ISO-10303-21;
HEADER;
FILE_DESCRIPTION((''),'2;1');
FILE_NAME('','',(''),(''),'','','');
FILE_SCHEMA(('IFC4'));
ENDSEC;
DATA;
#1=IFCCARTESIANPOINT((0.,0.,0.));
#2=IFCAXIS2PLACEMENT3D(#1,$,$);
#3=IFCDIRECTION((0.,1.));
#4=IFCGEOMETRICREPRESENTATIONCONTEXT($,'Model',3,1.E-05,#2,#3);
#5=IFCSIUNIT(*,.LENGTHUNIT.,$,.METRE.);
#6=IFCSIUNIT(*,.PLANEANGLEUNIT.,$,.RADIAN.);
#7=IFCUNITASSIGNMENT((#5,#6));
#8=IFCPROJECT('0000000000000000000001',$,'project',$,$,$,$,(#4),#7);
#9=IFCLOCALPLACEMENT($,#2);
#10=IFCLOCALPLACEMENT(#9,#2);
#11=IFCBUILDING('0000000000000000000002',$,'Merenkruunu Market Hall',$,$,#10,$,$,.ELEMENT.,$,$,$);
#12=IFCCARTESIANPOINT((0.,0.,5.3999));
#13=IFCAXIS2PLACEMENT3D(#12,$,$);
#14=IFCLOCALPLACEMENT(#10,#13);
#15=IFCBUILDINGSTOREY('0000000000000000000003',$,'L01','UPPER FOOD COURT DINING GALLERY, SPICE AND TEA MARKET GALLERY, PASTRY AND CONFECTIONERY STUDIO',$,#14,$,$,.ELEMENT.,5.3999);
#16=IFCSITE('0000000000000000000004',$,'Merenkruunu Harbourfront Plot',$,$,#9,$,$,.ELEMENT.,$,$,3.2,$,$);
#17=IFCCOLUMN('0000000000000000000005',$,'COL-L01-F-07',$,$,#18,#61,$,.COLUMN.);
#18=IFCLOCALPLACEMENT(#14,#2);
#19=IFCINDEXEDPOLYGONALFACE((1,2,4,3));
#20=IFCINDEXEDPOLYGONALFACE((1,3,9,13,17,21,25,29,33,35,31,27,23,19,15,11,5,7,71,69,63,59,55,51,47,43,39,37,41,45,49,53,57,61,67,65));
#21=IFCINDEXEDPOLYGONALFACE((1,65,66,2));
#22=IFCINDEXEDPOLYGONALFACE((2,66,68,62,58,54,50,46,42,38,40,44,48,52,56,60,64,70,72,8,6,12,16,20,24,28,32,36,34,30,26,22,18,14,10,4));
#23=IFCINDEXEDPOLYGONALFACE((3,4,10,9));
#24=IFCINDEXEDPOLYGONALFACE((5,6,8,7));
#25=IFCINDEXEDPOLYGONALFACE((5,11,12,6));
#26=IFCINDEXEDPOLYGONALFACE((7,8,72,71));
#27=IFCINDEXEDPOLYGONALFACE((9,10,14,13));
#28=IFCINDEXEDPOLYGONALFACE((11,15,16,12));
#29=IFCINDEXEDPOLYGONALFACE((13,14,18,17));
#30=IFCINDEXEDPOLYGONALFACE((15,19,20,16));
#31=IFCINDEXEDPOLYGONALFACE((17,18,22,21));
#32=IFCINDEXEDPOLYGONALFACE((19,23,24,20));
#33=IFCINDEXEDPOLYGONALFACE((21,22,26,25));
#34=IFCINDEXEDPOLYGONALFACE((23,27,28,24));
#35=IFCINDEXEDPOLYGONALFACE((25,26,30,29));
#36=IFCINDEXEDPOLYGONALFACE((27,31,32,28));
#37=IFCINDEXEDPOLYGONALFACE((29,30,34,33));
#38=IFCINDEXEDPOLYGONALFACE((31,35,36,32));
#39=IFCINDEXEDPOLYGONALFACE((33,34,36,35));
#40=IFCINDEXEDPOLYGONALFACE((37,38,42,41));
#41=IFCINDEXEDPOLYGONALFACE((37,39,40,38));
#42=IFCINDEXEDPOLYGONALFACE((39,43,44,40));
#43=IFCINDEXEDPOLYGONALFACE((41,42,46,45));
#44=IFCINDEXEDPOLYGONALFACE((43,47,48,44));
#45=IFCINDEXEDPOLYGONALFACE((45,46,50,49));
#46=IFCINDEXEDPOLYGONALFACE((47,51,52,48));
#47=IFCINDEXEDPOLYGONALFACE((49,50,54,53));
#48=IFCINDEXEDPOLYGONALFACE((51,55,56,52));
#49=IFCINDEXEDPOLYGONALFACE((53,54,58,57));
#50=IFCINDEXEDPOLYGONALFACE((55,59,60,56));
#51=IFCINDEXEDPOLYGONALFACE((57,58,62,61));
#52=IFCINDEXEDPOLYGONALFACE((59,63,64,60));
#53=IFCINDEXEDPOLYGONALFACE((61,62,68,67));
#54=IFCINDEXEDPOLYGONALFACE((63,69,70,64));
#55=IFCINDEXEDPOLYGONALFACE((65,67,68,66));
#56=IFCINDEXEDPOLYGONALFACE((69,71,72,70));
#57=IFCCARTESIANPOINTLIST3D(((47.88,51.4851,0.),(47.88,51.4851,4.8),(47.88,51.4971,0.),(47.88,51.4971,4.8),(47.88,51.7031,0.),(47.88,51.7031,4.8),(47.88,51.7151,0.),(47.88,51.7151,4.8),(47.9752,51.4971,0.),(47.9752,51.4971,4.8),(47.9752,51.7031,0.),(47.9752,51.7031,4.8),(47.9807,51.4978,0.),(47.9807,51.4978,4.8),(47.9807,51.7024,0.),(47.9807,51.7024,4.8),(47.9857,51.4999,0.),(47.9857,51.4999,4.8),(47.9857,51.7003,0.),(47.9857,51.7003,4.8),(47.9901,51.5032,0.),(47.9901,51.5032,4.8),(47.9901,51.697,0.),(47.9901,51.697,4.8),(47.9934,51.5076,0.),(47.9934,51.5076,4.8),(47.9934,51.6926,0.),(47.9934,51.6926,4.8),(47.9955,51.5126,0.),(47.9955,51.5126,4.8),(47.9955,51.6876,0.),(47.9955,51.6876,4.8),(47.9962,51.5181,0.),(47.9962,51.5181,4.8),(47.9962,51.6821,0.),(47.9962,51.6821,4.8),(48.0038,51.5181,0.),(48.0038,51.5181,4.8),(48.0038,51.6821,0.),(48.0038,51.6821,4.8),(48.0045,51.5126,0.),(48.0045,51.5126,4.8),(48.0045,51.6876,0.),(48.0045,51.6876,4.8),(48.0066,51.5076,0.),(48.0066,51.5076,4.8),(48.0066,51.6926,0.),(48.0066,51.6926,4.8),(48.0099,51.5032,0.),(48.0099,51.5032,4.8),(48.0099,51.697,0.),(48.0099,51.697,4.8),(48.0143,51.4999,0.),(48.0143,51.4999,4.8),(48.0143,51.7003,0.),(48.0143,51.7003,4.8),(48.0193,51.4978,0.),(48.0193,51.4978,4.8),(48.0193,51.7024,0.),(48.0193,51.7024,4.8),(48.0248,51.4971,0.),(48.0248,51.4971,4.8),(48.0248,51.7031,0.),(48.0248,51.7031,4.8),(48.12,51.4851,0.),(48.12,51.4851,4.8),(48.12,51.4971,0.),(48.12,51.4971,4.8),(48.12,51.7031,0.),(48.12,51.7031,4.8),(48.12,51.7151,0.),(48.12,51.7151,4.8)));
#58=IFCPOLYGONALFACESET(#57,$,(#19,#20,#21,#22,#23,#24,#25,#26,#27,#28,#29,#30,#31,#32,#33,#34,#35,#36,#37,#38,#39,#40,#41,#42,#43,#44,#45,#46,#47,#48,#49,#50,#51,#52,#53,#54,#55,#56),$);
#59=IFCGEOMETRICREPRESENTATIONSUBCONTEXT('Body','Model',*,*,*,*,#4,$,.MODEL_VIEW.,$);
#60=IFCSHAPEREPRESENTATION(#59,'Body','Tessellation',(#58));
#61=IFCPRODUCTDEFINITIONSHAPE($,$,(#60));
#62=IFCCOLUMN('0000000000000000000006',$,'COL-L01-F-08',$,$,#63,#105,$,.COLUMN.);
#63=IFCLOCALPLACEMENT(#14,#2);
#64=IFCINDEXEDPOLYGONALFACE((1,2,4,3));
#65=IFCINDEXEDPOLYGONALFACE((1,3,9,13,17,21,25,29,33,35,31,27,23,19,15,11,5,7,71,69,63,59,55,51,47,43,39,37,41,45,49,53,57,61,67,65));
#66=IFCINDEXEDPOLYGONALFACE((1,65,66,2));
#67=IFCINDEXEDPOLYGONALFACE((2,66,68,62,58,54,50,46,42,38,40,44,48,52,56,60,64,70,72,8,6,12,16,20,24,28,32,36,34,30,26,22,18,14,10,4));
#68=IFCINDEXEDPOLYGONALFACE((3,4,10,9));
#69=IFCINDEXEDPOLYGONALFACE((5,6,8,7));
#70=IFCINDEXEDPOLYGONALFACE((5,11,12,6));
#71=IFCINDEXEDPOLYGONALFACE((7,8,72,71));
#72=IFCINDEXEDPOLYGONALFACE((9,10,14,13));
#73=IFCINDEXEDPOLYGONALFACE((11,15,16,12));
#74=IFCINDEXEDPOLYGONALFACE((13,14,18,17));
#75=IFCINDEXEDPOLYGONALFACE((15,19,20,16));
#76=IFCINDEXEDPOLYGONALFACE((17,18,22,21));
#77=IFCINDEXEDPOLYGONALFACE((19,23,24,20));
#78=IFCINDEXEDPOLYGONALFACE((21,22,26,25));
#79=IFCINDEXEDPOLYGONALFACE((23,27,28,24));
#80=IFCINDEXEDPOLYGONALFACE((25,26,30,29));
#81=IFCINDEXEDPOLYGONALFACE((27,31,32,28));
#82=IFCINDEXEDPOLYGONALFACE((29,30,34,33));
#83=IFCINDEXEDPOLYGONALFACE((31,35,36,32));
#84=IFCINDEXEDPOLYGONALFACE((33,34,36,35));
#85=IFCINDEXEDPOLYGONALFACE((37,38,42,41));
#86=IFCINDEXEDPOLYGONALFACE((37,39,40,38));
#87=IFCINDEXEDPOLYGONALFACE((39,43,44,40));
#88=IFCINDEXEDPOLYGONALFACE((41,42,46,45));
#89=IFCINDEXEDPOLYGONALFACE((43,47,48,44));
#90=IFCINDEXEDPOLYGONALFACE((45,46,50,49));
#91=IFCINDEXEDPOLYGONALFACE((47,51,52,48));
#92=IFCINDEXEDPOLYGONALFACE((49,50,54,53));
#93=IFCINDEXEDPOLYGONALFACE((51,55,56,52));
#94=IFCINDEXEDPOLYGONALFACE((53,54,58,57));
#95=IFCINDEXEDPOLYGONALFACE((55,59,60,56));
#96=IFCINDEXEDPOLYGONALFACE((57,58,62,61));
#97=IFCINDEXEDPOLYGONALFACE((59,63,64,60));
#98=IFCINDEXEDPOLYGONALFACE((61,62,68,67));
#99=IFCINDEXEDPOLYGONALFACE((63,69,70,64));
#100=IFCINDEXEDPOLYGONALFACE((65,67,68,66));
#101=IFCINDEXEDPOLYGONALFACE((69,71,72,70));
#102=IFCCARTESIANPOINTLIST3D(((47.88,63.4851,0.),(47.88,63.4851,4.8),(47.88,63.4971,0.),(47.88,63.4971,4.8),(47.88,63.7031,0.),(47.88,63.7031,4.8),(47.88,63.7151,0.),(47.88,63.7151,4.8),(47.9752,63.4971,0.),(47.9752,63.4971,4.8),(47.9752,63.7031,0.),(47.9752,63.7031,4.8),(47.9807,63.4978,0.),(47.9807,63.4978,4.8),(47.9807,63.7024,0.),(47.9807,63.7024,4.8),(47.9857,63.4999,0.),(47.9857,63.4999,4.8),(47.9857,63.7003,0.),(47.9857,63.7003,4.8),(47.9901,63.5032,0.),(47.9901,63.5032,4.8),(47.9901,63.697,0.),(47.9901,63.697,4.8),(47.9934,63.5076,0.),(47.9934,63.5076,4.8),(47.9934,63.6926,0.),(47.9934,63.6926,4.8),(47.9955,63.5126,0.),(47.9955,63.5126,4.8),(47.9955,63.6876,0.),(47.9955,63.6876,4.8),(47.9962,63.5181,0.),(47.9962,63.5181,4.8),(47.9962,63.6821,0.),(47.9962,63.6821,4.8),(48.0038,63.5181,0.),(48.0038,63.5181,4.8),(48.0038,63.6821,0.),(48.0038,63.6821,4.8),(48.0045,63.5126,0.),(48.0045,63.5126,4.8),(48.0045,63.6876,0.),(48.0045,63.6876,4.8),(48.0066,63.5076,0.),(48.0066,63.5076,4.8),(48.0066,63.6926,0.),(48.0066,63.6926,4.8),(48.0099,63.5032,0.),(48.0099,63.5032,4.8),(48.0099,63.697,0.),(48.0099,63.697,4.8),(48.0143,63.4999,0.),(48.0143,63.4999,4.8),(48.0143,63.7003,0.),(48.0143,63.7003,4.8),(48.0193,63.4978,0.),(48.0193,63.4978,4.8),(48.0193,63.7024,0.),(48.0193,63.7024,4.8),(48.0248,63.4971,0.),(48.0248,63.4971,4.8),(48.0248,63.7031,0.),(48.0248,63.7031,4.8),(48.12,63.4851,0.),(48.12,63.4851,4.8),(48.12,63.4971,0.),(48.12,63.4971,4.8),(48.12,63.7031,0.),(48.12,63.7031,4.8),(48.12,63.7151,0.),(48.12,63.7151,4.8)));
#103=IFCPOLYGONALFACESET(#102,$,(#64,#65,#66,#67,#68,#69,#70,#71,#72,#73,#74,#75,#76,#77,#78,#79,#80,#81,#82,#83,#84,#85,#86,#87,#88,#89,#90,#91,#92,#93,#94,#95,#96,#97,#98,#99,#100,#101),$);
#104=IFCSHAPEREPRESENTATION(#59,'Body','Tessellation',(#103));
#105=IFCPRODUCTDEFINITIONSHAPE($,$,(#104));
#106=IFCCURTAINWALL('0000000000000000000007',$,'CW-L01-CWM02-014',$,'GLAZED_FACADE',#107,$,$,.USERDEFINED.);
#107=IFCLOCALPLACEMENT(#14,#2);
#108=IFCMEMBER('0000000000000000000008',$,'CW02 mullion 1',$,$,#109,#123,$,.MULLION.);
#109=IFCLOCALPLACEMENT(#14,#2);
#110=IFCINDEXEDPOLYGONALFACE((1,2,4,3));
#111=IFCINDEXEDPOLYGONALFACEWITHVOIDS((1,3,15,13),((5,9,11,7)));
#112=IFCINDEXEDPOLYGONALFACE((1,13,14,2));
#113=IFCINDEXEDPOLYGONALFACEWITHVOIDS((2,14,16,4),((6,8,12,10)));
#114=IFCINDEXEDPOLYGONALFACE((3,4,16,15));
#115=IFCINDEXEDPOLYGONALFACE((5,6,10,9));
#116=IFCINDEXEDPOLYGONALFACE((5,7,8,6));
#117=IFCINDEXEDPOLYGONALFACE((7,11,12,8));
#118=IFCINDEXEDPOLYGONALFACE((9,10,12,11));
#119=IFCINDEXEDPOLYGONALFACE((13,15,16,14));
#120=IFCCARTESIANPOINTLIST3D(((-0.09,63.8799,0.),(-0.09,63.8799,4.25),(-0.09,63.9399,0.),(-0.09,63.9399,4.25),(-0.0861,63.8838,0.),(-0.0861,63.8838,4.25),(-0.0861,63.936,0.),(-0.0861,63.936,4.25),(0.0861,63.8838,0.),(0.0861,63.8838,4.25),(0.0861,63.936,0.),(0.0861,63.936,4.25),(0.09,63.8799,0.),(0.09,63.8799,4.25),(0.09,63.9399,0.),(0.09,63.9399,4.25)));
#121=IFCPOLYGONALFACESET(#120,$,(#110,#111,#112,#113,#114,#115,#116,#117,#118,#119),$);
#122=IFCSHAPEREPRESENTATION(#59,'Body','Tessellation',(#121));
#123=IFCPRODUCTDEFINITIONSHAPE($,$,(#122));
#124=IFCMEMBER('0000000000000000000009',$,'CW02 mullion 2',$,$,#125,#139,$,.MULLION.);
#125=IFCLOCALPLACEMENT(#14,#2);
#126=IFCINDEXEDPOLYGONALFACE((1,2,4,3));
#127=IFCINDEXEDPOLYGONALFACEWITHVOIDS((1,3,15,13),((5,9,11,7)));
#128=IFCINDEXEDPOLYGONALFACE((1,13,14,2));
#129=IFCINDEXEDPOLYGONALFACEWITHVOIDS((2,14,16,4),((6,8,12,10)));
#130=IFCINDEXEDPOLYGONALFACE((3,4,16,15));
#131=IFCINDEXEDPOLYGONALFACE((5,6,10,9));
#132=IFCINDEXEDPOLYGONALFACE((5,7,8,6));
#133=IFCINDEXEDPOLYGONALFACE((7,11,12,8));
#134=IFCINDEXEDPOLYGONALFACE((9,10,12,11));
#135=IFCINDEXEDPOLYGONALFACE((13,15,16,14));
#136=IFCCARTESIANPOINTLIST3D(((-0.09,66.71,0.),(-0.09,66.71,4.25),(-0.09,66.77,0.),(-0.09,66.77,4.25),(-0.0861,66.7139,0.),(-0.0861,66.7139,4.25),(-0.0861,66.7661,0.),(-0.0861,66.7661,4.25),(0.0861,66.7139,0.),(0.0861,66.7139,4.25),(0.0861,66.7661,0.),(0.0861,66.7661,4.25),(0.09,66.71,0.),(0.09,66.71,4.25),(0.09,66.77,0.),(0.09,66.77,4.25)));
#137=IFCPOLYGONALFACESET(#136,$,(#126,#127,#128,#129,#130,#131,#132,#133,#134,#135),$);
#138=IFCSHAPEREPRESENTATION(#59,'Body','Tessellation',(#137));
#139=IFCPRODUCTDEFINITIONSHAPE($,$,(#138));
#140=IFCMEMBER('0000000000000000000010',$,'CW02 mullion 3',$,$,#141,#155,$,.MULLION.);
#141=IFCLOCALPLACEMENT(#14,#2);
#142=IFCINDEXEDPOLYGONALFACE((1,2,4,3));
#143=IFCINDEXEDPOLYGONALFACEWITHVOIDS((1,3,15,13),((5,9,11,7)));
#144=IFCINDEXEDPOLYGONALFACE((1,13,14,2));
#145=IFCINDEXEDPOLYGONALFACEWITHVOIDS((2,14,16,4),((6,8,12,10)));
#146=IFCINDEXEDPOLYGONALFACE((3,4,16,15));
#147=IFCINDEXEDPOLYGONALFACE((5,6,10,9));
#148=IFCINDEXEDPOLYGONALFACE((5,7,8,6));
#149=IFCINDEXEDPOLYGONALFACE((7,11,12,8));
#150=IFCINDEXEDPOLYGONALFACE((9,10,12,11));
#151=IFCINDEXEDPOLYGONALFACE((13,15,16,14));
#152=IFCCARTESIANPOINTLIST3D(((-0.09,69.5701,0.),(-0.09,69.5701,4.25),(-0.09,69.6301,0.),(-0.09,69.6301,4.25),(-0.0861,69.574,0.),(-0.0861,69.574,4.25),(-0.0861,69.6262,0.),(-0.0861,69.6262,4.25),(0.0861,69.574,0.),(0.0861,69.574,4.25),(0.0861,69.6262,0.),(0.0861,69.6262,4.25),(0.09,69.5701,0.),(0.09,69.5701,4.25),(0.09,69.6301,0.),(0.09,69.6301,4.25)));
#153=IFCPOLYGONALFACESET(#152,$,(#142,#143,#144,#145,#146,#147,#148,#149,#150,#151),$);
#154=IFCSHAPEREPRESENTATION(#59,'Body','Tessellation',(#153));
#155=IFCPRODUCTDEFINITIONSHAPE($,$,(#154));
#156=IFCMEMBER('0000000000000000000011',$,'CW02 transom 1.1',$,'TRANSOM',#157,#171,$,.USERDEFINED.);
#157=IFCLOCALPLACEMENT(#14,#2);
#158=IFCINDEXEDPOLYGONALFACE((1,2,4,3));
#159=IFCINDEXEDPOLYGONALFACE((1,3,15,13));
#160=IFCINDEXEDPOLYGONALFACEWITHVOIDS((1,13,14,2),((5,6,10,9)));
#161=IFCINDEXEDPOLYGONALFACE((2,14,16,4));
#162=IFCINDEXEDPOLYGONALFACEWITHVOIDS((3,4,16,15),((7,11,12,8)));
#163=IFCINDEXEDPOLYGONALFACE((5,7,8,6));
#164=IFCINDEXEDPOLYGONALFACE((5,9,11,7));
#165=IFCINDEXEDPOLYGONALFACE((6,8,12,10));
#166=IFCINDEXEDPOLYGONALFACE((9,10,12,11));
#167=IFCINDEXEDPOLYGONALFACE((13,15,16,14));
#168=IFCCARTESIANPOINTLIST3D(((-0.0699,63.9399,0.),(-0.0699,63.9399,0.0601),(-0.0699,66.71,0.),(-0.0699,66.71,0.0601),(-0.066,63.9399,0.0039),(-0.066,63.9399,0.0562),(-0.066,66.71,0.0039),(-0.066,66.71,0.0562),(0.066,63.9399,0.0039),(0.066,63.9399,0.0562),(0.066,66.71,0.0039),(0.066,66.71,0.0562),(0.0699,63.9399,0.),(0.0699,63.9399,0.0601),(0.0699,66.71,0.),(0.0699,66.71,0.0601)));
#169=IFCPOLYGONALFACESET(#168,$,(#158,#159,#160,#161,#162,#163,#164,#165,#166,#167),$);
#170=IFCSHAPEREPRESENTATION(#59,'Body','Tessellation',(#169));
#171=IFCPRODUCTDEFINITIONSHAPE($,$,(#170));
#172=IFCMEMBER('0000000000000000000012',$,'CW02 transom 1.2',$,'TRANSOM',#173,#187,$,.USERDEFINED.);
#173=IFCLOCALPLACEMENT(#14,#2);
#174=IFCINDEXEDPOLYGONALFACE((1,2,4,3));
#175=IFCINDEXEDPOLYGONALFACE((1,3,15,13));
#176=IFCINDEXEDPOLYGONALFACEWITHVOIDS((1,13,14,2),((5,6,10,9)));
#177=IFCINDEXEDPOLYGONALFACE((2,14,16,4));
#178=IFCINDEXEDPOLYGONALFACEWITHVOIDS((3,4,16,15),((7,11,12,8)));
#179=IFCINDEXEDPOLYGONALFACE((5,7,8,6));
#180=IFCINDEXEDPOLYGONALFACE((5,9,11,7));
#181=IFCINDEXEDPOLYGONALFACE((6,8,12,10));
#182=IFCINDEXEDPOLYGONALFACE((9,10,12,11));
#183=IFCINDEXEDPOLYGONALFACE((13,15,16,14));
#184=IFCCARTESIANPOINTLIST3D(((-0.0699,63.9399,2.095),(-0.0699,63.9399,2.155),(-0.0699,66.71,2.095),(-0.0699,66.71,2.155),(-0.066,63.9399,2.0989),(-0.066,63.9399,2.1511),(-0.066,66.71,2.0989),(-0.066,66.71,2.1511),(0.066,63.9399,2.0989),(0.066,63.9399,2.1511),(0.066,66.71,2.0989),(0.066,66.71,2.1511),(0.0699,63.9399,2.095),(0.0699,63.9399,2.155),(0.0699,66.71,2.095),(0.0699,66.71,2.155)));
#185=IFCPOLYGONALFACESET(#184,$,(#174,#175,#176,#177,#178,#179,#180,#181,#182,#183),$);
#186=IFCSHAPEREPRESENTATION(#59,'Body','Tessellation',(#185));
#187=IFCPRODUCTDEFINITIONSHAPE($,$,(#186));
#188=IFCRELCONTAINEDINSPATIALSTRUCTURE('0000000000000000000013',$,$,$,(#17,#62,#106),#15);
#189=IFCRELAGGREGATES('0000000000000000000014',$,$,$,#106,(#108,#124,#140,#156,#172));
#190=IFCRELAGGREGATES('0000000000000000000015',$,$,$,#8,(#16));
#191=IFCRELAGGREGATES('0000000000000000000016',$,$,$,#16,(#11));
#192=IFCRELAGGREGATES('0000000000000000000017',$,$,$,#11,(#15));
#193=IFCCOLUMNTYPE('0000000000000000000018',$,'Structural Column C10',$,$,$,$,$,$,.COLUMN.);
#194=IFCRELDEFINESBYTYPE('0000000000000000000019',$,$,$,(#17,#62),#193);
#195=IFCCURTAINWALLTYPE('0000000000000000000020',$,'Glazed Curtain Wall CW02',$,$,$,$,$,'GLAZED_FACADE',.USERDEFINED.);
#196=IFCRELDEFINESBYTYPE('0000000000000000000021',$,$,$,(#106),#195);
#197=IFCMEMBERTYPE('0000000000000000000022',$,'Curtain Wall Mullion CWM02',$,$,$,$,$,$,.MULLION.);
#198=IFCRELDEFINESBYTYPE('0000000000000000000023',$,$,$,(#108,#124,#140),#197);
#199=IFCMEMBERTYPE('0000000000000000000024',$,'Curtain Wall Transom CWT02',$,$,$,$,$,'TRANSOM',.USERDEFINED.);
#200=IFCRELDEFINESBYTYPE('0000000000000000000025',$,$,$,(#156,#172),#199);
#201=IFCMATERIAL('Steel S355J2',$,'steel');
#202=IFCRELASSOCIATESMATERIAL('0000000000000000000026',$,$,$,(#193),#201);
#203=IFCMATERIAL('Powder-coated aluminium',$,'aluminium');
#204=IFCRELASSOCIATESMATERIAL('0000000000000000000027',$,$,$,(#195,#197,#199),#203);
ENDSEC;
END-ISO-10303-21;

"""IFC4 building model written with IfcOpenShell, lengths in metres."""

from ifc_helpers import new_model, si_unit, direction, frame, origin, origin_2d, place, context, subcontext, project, spatial, hollow_rectangle, i_section, extrude, material, material_profile, profile_set, type_object, element, aggregate, save


model = new_model("IFC4")

# Units and contexts
model_context = context("Model", 3, precision=1e-05, world=origin(), true_north=direction((0.0, 1.0)))
body_context = subcontext(model_context, "Body", "Model", "MODEL_VIEW")
ifc_project = project(units=[si_unit("LENGTHUNIT", "METRE"), si_unit("PLANEANGLEUNIT", "RADIAN")], contexts=[model_context])

# Site, building, storey
site_placement = place(None, origin())
site = spatial("IfcSite", under=ifc_project, at=site_placement, Name="Merenkruunu Harbourfront Plot", CompositionType="ELEMENT", RefElevation=3.2)
building_placement = place(site_placement, origin())
building = spatial("IfcBuilding", under=site, at=building_placement, Name="Merenkruunu Market Hall", CompositionType="ELEMENT")
storey_placement = place(building_placement, frame((0.0, 0.0, 5.3999)))
storey = spatial("IfcBuildingStorey", under=building, at=storey_placement, Name="L01", Description="UPPER FOOD COURT DINING GALLERY, SPICE AND TEA MARKET GALLERY, PASTRY AND CONFECTIONERY STUDIO", CompositionType="ELEMENT", Elevation=5.3999)

# Columns
ifc_material_1 = material(Name="Steel S355J2", Category="steel")
ifc_material_profile_1 = material_profile(ifc_material_1, i_section(OverallWidth=0.24, OverallDepth=0.23, WebThickness=0.0076, FlangeThickness=0.012, FilletRadius=0.021, at=origin_2d()), Name="HEA 240")
ifc_profile_set_1 = profile_set([ifc_material_profile_1], Name="Steel S355J2")
column_type = type_object("IfcColumnType", Name="Structural Column C10", PredefinedType="COLUMN", material=ifc_profile_set_1)
for number, where, z_axis, x_axis, name in (
    (1, (48.0, 51.6001, 0.0), (0.0, 0.0, 1.0), (1.0, 0.0, 0.0), "COL-L01-F-07"),
    (2, (48.0, 63.6001, 0.0), (0.0, 0.0, 1.0), (1.0, 0.0, 0.0), "COL-L01-F-08"),
):
    element("IfcColumn", number, at=place(storey_placement, frame(where, z_axis=z_axis, x_axis=x_axis)), inside=storey, type_object=column_type, Name=name, PredefinedType="COLUMN", context=body_context, shape_type="SweptSolid", body=[
        extrude(i_section(OverallWidth=0.24, OverallDepth=0.23, WebThickness=0.0076, FlangeThickness=0.012, FilletRadius=0.021, at=origin_2d()), origin(), (0.0, 0.0, 1.0), 4.8),
    ])

# Curtain wall, members
ifc_material_2 = material(Name="Powder-coated aluminium", Category="aluminium")
curtain_wall_type = type_object("IfcCurtainWallType", Name="Glazed Curtain Wall CW02", ElementType="GLAZED_FACADE", PredefinedType="USERDEFINED", material=ifc_material_2)
curtain_wall_placement = place(storey_placement, origin())
curtain_wall = element("IfcCurtainWall", 3, at=curtain_wall_placement, inside=storey, type_object=curtain_wall_type, Name="CW-L01-CWM02-014", ObjectType="GLAZED_FACADE", PredefinedType="USERDEFINED")
ifc_material_profile_2 = material_profile(ifc_material_2, hollow_rectangle(XDim=0.0601, YDim=0.1799, WallThickness=0.0039, at=origin_2d()), Name="ALU 60x180x4")
ifc_profile_set_2 = profile_set([ifc_material_profile_2], Name="Powder-coated aluminium")
member_type_1 = type_object("IfcMemberType", Name="Curtain Wall Mullion CWM02", PredefinedType="MULLION", material=ifc_profile_set_2)
member_1_placement = place(storey_placement, frame((0.0, 63.9099, 0.0), z_axis=(0.0, 0.0, 1.0), x_axis=(0.0, 1.0, 0.0)))
member_1 = element("IfcMember", 4, at=member_1_placement, type_object=member_type_1, Name="CW02 mullion 1", PredefinedType="MULLION", context=body_context, shape_type="SweptSolid", body=[
    extrude(hollow_rectangle(XDim=0.0601, YDim=0.1799, WallThickness=0.0039, at=origin_2d()), origin(), (0.0, 0.0, 1.0), 4.25),
])
member_2_placement = place(storey_placement, frame((0.0, 66.74, 0.0), z_axis=(0.0, 0.0, 1.0), x_axis=(0.0, 1.0, 0.0)))
member_2 = element("IfcMember", 5, at=member_2_placement, type_object=member_type_1, Name="CW02 mullion 2", PredefinedType="MULLION", context=body_context, shape_type="SweptSolid", body=[
    extrude(hollow_rectangle(XDim=0.0601, YDim=0.1799, WallThickness=0.0039, at=origin_2d()), origin(), (0.0, 0.0, 1.0), 4.25),
])
member_3_placement = place(storey_placement, frame((0.0, 69.6001, 0.0), z_axis=(0.0, 0.0, 1.0), x_axis=(0.0, 1.0, 0.0)))
member_3 = element("IfcMember", 6, at=member_3_placement, type_object=member_type_1, Name="CW02 mullion 3", PredefinedType="MULLION", context=body_context, shape_type="SweptSolid", body=[
    extrude(hollow_rectangle(XDim=0.0601, YDim=0.1799, WallThickness=0.0039, at=origin_2d()), origin(), (0.0, 0.0, 1.0), 4.25),
])
ifc_material_profile_3 = material_profile(ifc_material_2, hollow_rectangle(XDim=0.0601, YDim=0.1399, WallThickness=0.0039, at=origin_2d()), Name="ALU 60x140x4")
ifc_profile_set_3 = profile_set([ifc_material_profile_3], Name="Powder-coated aluminium")
member_type_2 = type_object("IfcMemberType", Name="Curtain Wall Transom CWT02", ElementType="TRANSOM", PredefinedType="USERDEFINED", material=ifc_profile_set_3)
member_4_placement = place(storey_placement, frame((0.0, 63.9399, 0.03), z_axis=(0.0, 1.0, 0.0), x_axis=(0.0, 0.0, 1.0)))
member_4 = element("IfcMember", 7, at=member_4_placement, type_object=member_type_2, Name="CW02 transom 1.1", ObjectType="TRANSOM", PredefinedType="USERDEFINED", context=body_context, shape_type="SweptSolid", body=[
    extrude(hollow_rectangle(XDim=0.0601, YDim=0.1399, WallThickness=0.0039, at=origin_2d()), origin(), (0.0, 0.0, 1.0), 2.77),
])
member_5_placement = place(storey_placement, frame((0.0, 63.9399, 2.125), z_axis=(0.0, 1.0, 0.0), x_axis=(0.0, 0.0, 1.0)))
member_5 = element("IfcMember", 8, at=member_5_placement, type_object=member_type_2, Name="CW02 transom 1.2", ObjectType="TRANSOM", PredefinedType="USERDEFINED", context=body_context, shape_type="SweptSolid", body=[
    extrude(hollow_rectangle(XDim=0.0601, YDim=0.1399, WallThickness=0.0039, at=origin_2d()), origin(), (0.0, 0.0, 1.0), 2.77),
])

aggregate(curtain_wall, [member_1, member_2, member_3, member_4, member_5])

save(model, "model.ifc")
